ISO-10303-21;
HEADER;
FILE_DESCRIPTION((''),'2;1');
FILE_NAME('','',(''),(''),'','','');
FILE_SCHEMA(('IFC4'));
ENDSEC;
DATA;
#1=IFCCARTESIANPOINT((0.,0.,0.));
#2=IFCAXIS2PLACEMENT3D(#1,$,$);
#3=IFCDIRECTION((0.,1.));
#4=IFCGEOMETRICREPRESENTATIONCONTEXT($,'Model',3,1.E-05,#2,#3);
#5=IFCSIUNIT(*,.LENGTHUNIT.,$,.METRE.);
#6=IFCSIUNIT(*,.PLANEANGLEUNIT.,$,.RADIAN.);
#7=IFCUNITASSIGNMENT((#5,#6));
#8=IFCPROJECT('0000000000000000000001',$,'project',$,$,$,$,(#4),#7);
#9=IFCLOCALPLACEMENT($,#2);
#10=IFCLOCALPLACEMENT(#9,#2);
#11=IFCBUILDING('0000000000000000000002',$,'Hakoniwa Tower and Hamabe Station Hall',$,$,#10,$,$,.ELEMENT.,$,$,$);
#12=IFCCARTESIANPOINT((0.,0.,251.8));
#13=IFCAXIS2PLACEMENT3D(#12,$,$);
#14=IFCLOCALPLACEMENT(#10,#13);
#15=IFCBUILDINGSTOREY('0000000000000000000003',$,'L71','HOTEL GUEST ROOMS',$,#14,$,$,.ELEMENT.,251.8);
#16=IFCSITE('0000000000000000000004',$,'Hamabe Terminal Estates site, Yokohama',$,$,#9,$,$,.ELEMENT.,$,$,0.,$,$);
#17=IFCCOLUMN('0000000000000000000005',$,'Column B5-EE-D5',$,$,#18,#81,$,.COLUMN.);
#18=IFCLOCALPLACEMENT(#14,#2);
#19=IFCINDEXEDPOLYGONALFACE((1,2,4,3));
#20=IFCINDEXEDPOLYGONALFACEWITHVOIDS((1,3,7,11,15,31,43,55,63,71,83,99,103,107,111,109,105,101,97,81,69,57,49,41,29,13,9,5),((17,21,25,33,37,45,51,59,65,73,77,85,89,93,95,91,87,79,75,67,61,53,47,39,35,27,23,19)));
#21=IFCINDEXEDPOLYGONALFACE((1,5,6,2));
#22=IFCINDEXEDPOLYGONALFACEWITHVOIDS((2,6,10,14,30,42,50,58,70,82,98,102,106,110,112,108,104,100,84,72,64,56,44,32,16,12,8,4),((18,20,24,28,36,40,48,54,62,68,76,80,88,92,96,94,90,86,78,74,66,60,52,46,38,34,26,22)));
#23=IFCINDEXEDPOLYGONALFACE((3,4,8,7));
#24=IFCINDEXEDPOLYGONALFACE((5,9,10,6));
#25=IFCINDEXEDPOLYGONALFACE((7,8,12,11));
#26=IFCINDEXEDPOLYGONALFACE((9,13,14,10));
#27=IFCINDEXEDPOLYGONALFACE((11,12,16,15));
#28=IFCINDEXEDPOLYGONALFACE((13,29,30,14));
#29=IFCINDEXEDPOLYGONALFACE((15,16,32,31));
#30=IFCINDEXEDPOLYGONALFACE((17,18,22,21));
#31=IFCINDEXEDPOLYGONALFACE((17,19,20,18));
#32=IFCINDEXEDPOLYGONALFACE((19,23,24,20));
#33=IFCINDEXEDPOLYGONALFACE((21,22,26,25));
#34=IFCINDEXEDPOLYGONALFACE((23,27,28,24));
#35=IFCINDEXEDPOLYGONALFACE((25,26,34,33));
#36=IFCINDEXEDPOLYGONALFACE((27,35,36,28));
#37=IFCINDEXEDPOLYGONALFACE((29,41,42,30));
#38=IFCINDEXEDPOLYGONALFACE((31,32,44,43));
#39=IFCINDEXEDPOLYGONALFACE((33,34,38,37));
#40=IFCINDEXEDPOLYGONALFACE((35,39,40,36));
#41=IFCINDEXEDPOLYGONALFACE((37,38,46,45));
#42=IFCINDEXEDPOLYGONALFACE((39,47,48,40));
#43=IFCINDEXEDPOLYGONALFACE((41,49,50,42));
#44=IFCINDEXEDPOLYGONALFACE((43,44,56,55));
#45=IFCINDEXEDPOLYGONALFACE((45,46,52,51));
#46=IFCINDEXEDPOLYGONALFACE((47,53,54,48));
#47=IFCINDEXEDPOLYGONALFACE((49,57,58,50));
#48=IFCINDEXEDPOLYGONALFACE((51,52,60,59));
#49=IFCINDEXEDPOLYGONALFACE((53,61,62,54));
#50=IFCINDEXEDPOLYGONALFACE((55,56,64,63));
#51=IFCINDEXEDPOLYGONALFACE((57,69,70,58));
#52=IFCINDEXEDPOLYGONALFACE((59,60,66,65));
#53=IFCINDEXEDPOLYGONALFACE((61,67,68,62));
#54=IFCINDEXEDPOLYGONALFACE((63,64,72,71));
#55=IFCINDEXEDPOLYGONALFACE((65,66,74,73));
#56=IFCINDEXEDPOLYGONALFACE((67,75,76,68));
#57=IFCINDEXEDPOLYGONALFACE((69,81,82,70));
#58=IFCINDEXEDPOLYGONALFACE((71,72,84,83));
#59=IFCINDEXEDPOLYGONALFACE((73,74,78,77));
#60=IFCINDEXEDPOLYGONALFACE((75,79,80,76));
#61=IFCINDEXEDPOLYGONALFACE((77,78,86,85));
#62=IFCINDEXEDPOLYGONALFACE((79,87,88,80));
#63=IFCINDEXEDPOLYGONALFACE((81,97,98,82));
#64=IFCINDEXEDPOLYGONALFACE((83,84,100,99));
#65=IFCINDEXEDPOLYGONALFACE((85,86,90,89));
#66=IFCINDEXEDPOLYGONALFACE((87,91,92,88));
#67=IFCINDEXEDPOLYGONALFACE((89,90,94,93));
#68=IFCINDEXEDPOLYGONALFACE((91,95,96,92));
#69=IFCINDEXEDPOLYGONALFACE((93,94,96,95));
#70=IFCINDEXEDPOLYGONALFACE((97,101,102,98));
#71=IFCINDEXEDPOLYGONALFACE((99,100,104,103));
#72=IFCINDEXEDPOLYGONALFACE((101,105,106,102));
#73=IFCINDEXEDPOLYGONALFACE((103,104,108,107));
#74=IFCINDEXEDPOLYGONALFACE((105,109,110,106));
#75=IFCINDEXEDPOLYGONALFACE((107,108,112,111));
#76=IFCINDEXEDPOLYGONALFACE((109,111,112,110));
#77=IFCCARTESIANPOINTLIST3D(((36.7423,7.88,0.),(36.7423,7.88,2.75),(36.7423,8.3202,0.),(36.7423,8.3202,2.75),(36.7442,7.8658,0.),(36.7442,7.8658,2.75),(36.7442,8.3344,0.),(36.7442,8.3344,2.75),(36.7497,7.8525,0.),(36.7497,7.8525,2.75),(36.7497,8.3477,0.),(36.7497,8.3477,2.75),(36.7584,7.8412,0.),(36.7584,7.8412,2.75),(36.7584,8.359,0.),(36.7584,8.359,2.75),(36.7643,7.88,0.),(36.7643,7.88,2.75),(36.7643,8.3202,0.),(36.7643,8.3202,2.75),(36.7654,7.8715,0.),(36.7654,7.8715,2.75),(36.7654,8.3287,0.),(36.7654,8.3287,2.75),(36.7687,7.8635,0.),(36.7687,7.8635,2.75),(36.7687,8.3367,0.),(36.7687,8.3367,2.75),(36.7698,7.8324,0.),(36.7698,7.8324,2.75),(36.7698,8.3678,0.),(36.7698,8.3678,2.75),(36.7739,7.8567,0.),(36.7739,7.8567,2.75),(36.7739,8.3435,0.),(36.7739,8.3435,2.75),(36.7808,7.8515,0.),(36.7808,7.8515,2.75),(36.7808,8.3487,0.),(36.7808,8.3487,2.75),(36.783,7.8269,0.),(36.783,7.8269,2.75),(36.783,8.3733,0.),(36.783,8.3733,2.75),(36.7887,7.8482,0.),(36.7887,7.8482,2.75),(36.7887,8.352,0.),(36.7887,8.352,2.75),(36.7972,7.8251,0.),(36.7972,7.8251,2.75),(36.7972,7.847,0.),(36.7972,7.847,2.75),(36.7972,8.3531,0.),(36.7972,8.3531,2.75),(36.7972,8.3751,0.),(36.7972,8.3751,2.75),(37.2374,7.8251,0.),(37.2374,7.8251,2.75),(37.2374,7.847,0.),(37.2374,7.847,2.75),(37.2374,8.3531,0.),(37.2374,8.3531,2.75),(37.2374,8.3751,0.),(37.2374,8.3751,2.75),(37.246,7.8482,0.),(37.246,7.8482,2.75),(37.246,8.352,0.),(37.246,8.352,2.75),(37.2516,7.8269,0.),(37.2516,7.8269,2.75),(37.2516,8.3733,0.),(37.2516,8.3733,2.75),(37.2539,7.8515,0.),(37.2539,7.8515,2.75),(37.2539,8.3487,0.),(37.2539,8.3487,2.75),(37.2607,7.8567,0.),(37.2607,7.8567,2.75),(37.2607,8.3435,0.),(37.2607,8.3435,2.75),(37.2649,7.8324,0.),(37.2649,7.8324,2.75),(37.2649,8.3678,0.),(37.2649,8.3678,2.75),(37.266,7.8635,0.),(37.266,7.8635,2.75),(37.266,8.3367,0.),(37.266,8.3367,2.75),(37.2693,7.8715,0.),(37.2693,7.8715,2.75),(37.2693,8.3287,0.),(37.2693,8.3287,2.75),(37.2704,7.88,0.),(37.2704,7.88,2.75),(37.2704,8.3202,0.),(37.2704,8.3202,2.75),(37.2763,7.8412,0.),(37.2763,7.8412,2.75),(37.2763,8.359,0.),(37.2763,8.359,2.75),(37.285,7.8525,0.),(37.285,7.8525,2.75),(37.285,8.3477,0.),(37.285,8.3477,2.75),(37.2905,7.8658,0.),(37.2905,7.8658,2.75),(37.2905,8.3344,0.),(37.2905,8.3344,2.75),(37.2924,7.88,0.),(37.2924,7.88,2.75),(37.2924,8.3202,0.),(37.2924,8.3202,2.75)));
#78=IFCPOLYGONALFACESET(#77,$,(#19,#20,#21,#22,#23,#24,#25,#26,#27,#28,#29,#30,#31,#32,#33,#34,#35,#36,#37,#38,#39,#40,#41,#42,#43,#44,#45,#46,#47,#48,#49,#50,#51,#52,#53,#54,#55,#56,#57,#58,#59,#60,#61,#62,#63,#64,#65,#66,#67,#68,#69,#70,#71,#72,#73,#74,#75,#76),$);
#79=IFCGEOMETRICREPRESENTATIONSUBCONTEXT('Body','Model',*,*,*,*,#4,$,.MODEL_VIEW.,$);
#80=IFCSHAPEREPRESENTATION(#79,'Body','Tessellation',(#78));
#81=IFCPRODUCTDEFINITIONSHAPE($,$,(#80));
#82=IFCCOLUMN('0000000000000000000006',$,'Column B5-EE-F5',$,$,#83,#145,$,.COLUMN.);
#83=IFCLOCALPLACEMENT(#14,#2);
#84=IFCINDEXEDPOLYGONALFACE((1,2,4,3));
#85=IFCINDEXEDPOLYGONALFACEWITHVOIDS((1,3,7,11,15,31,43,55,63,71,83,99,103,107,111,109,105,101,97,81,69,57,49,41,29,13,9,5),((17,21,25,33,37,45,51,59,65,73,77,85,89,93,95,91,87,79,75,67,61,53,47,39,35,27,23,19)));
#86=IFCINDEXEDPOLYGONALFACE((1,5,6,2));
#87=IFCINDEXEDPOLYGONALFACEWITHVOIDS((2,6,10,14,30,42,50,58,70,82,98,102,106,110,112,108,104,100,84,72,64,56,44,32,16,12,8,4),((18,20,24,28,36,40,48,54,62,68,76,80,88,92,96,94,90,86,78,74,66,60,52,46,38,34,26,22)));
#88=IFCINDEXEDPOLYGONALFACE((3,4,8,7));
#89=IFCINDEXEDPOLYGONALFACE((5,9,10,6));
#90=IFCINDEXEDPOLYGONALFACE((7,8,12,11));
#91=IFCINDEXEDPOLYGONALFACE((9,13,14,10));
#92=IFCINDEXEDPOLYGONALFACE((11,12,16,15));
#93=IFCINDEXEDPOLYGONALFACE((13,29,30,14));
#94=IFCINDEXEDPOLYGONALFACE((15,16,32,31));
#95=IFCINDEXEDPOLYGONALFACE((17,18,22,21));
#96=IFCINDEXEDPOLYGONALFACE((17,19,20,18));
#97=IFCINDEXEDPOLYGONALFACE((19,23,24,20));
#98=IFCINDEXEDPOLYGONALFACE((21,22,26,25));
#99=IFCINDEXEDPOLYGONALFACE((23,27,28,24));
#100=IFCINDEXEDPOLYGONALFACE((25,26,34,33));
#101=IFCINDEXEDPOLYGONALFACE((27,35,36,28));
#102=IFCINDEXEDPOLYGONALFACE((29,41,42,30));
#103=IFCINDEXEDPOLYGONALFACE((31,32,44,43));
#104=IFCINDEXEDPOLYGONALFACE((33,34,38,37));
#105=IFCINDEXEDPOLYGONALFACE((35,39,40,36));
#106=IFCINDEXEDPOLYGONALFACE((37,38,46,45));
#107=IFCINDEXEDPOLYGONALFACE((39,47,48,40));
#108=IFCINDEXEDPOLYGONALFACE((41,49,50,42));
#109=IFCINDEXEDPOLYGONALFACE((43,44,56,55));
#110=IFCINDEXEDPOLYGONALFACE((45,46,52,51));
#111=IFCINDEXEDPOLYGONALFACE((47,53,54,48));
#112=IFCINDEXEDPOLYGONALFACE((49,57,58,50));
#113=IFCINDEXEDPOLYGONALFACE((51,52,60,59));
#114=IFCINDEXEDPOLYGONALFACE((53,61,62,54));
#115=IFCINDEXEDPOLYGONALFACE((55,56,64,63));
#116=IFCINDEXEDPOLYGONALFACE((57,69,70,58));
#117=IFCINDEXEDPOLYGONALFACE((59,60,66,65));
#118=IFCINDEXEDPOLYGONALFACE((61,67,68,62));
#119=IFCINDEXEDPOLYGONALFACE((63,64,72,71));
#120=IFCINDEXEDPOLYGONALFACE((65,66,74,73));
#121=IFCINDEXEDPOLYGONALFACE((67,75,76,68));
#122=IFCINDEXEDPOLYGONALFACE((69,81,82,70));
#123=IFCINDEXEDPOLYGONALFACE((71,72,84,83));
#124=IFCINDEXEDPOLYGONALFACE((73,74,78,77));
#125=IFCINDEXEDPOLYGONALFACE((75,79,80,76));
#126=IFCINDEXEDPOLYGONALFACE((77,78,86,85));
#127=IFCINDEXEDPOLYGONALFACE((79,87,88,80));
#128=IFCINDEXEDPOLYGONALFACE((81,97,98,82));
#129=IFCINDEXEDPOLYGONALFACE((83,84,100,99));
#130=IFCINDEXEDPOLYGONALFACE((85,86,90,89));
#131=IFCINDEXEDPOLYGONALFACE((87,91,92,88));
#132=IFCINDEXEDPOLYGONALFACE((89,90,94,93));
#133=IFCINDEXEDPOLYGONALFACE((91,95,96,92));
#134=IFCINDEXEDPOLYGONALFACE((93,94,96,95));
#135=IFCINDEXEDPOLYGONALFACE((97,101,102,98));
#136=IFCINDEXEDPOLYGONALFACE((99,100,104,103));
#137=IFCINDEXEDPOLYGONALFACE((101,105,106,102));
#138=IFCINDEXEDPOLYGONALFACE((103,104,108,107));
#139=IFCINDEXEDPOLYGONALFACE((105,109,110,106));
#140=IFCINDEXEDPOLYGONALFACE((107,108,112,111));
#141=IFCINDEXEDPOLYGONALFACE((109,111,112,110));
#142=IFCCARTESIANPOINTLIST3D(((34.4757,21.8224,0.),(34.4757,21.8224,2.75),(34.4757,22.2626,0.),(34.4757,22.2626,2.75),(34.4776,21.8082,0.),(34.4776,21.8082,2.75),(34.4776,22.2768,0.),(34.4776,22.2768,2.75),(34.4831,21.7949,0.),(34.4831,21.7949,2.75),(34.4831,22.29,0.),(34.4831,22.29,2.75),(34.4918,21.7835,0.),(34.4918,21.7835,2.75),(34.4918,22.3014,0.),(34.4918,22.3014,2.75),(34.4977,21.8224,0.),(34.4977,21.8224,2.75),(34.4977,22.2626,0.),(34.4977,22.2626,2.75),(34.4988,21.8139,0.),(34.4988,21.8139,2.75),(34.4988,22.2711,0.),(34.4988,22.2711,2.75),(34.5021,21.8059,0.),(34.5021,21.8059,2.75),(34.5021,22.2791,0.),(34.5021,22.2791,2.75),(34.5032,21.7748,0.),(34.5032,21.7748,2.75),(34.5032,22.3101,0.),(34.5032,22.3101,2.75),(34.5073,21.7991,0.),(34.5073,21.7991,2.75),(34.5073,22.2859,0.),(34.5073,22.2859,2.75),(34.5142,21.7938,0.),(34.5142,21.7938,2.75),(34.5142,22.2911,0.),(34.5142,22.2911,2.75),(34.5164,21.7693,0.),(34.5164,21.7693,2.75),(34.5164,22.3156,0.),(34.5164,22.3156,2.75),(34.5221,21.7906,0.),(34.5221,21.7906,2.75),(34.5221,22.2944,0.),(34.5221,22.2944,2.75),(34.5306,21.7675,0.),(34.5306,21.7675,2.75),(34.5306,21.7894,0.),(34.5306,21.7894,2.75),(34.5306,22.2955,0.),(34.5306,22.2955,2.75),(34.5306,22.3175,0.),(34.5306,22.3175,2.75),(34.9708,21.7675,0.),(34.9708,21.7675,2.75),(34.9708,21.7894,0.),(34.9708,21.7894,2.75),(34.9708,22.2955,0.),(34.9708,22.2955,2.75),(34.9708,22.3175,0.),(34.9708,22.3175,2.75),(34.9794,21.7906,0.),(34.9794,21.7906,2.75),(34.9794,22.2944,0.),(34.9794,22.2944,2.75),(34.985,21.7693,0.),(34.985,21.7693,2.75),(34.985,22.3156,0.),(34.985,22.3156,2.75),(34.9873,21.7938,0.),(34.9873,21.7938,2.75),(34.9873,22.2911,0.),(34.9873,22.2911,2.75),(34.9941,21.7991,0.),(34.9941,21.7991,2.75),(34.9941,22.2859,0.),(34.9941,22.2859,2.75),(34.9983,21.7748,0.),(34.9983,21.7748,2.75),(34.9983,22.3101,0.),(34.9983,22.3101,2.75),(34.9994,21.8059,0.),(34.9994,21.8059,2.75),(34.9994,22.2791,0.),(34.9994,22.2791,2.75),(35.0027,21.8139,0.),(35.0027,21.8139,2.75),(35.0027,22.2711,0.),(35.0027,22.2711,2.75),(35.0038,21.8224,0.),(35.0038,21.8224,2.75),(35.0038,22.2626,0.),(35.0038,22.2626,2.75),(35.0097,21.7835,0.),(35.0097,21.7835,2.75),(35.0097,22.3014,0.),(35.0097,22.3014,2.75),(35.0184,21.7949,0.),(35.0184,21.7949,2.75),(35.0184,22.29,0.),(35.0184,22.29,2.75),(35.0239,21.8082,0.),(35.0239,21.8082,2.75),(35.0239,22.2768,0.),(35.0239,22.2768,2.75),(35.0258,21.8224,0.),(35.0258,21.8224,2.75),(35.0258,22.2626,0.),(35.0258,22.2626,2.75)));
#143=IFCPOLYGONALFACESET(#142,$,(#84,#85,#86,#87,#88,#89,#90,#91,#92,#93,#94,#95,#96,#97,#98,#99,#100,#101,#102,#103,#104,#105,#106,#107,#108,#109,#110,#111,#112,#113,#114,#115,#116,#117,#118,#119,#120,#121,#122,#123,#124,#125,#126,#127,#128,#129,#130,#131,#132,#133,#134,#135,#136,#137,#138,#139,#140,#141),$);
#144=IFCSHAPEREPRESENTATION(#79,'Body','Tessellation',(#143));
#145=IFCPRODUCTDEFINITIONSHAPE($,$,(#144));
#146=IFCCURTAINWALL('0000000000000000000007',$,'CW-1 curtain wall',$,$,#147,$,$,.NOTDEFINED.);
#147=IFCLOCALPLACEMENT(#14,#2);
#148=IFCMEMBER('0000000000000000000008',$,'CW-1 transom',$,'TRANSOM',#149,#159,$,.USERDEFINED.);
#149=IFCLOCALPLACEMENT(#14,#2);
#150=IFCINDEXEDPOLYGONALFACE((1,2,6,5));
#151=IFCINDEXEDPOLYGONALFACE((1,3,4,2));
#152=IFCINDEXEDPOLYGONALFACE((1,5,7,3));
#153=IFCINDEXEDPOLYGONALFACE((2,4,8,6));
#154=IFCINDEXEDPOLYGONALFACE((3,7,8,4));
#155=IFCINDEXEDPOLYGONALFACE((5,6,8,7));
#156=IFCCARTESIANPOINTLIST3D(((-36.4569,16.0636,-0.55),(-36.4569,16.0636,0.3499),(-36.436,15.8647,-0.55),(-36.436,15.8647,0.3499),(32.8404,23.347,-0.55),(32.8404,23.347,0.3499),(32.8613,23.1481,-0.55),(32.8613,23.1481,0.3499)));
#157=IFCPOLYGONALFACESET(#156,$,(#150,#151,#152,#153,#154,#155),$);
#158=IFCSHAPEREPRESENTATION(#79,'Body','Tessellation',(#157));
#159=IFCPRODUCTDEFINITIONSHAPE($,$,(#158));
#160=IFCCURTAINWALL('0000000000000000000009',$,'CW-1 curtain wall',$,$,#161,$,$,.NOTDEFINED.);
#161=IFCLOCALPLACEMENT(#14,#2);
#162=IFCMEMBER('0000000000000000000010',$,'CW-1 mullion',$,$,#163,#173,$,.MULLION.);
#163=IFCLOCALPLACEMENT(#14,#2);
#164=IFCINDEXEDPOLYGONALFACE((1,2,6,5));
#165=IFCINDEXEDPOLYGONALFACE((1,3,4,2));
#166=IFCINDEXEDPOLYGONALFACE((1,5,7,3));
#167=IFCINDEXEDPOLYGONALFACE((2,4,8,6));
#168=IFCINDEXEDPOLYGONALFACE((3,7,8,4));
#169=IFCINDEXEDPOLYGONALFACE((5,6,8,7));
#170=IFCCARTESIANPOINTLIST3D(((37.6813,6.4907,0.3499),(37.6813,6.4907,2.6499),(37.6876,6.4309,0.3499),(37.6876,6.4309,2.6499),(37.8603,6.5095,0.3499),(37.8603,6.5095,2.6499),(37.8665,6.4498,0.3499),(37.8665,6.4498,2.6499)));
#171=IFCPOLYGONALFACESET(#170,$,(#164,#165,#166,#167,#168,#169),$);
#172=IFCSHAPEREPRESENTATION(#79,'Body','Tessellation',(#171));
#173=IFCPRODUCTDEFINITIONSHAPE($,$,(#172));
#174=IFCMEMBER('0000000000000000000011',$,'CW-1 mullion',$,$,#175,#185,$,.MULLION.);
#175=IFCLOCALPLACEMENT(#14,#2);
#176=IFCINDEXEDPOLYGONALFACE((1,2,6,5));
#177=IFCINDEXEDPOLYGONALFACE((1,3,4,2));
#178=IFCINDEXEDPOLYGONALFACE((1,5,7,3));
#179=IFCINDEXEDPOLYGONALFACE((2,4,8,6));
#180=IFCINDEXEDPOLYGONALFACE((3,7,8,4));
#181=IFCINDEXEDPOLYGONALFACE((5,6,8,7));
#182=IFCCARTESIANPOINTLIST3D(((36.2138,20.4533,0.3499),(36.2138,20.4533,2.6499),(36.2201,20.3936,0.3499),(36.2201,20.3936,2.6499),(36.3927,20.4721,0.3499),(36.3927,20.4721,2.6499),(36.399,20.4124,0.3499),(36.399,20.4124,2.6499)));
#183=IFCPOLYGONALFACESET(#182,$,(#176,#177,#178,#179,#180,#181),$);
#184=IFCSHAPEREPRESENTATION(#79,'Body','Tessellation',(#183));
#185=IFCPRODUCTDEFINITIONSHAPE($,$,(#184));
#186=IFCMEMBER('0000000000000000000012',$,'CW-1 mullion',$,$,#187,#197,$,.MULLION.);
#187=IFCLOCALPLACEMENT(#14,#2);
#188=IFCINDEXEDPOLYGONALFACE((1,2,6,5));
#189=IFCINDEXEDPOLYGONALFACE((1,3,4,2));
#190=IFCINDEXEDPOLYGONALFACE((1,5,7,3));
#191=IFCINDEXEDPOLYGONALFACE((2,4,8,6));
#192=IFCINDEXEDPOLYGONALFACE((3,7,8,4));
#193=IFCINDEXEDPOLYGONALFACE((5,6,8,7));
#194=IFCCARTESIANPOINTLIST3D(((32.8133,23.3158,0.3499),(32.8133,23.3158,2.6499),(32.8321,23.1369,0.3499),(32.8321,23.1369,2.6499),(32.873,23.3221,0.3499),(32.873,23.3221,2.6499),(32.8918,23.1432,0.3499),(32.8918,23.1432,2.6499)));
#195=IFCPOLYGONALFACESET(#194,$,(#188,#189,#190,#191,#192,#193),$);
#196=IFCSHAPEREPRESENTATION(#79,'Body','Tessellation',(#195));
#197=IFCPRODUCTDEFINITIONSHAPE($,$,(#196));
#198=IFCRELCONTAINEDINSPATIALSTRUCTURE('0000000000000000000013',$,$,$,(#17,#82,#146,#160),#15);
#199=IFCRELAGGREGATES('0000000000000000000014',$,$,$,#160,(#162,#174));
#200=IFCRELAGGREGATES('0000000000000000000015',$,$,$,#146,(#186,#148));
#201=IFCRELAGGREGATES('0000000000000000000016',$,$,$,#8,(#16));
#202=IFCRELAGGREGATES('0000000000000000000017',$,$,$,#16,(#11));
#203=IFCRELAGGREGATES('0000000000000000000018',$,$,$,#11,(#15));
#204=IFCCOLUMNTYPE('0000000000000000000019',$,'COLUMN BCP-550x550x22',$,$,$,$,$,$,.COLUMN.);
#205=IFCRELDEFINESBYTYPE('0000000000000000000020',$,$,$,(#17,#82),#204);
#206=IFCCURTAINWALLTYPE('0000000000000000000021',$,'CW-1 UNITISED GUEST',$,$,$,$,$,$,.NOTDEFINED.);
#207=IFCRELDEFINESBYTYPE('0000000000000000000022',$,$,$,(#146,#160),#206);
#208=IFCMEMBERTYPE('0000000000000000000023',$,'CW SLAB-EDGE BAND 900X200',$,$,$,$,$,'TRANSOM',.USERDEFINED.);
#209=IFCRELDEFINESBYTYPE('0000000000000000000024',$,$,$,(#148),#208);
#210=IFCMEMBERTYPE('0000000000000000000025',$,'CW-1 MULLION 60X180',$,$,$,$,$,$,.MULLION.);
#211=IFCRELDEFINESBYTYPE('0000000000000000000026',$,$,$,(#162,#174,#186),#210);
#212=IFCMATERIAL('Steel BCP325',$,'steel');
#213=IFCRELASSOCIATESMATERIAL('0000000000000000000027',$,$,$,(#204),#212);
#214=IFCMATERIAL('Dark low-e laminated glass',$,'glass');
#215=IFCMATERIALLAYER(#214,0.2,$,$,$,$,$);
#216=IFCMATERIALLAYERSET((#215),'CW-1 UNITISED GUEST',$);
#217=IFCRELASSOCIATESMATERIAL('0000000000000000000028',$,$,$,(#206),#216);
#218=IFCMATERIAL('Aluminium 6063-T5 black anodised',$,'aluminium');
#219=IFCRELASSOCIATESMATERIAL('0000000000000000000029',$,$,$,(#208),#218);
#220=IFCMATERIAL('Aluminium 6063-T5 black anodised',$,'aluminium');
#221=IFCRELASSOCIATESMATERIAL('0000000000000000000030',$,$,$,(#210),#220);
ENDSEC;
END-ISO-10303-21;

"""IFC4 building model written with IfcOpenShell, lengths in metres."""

from ifc_helpers import new_model, si_unit, direction, frame, origin, origin_2d, place, context, subcontext, project, spatial, rectangle, hollow_rectangle, extrude, material, layer, layer_set, material_profile, profile_set, type_object, element, aggregate, save


model = new_model("IFC4")

# Units and contexts
model_context = context("Model", 3, precision=1e-05, world=origin(), true_north=direction((0.0, 1.0)))
body_context = subcontext(model_context, "Body", "Model", "MODEL_VIEW")
ifc_project = project(units=[si_unit("LENGTHUNIT", "METRE"), si_unit("PLANEANGLEUNIT", "RADIAN")], contexts=[model_context])

# Site, building, storey
site_placement = place(None, origin())
site = spatial("IfcSite", under=ifc_project, at=site_placement, Name="Hamabe Terminal Estates site, Yokohama", CompositionType="ELEMENT", RefElevation=0.0)
building_placement = place(site_placement, origin())
building = spatial("IfcBuilding", under=site, at=building_placement, Name="Hakoniwa Tower and Hamabe Station Hall", CompositionType="ELEMENT")
storey_placement = place(building_placement, frame((0.0, 0.0, 251.8)))
storey = spatial("IfcBuildingStorey", under=building, at=storey_placement, Name="L71", Description="HOTEL GUEST ROOMS", CompositionType="ELEMENT", Elevation=251.8)

# Columns
ifc_material_1 = material(Name="Steel BCP325", Category="steel")
ifc_material_profile_1 = material_profile(ifc_material_1, hollow_rectangle(XDim=0.55, YDim=0.55, WallThickness=0.022, InnerFilletRadius=0.033, OuterFilletRadius=0.0549, at=origin_2d()), Name="BCP-550x550x22")
ifc_profile_set_1 = profile_set([ifc_material_profile_1], Name="Steel BCP325")
column_type = type_object("IfcColumnType", Name="COLUMN BCP-550x550x22", PredefinedType="COLUMN", material=ifc_profile_set_1)
for number, where, z_axis, x_axis, name in (
    (1, (37.0173, 8.1001, 0.0), (0.0, 0.0, 1.0), (1.0, 0.0, 0.0), "Column B5-EE-D5"),
    (2, (34.7507, 22.0425, 0.0), (0.0, 0.0, 1.0), (1.0, 0.0, 0.0), "Column B5-EE-F5"),
):
    element("IfcColumn", number, at=place(storey_placement, frame(where, z_axis=z_axis, x_axis=x_axis)), inside=storey, type_object=column_type, Name=name, PredefinedType="COLUMN", context=body_context, shape_type="SweptSolid", body=[
        extrude(hollow_rectangle(XDim=0.55, YDim=0.55, WallThickness=0.022, InnerFilletRadius=0.033, OuterFilletRadius=0.0549, at=origin_2d()), origin(), (0.0, 0.0, 1.0), 2.75),
    ])

# Curtain wall, member
ifc_material_2 = material(Name="Dark low-e laminated glass", Category="glass")
ifc_layer_1 = layer(ifc_material_2, 0.2)
ifc_layer_set_1 = layer_set([ifc_layer_1], Name="CW-1 UNITISED GUEST")
curtain_wall_type = type_object("IfcCurtainWallType", Name="CW-1 UNITISED GUEST", PredefinedType="NOTDEFINED", material=ifc_layer_set_1)
curtain_wall_1_placement = place(storey_placement, origin())
curtain_wall_1 = element("IfcCurtainWall", 3, at=curtain_wall_1_placement, inside=storey, type_object=curtain_wall_type, Name="CW-1 curtain wall", PredefinedType="NOTDEFINED")
ifc_material_3 = material(Name="Aluminium 6063-T5 black anodised", Category="aluminium")
ifc_material_profile_2 = material_profile(ifc_material_3, rectangle(XDim=0.2, YDim=0.8999, at=origin_2d()), Name="CW SLAB-EDGE BAND 900X200")
ifc_profile_set_2 = profile_set([ifc_material_profile_2], Name="Aluminium 6063-T5 black anodised")
member_type_1 = type_object("IfcMemberType", Name="CW SLAB-EDGE BAND 900X200", ElementType="TRANSOM", PredefinedType="USERDEFINED", material=ifc_profile_set_2)
member_1_placement = place(storey_placement, frame((32.8508, 23.2476, -0.1001), z_axis=(-0.994522, -0.104528, 0.0), x_axis=(0.104528, -0.994522, 0.0)))
member_1 = element("IfcMember", 4, at=member_1_placement, type_object=member_type_1, Name="CW-1 transom", ObjectType="TRANSOM", PredefinedType="USERDEFINED", context=body_context, shape_type="SweptSolid", body=[
    extrude(rectangle(XDim=0.2, YDim=0.8999, at=origin_2d()), origin(), (0.0, 0.0, 1.0), 69.679),
])

# Curtain wall, members
curtain_wall_2_placement = place(storey_placement, origin())
curtain_wall_2 = element("IfcCurtainWall", 5, at=curtain_wall_2_placement, inside=storey, type_object=curtain_wall_type, Name="CW-1 curtain wall", PredefinedType="NOTDEFINED")
ifc_material_4 = material(Name="Aluminium 6063-T5 black anodised", Category="aluminium")
ifc_material_profile_3 = material_profile(ifc_material_4, rectangle(XDim=0.0601, YDim=0.1799, at=origin_2d()), Name="CW-1 MULLION 60X180")
ifc_profile_set_3 = profile_set([ifc_material_profile_3], Name="Aluminium 6063-T5 black anodised")
member_type_2 = type_object("IfcMemberType", Name="CW-1 MULLION 60X180", PredefinedType="MULLION", material=ifc_profile_set_3)
member_2_placement = place(storey_placement, frame((37.7739, 6.4702, 0.3499), z_axis=(0.0, 0.0, 1.0), x_axis=(-0.104528, 0.994522, 0.0)))
member_2 = element("IfcMember", 6, at=member_2_placement, type_object=member_type_2, Name="CW-1 mullion", PredefinedType="MULLION", context=body_context, shape_type="SweptSolid", body=[
    extrude(rectangle(XDim=0.0601, YDim=0.1799, at=origin_2d()), origin(), (0.0, 0.0, 1.0), 2.3),
])
member_3_placement = place(storey_placement, frame((36.3064, 20.4329, 0.3499), z_axis=(0.0, 0.0, 1.0), x_axis=(-0.104528, 0.994522, 0.0)))
member_3 = element("IfcMember", 7, at=member_3_placement, type_object=member_type_2, Name="CW-1 mullion", PredefinedType="MULLION", context=body_context, shape_type="SweptSolid", body=[
    extrude(rectangle(XDim=0.0601, YDim=0.1799, at=origin_2d()), origin(), (0.0, 0.0, 1.0), 2.3),
])

# Member
member_4_placement = place(storey_placement, frame((32.8525, 23.2295, 0.3499), z_axis=(0.0, 0.0, 1.0), x_axis=(-0.994522, -0.104528, 0.0)))
member_4 = element("IfcMember", 8, at=member_4_placement, type_object=member_type_2, Name="CW-1 mullion", PredefinedType="MULLION", context=body_context, shape_type="SweptSolid", body=[
    extrude(rectangle(XDim=0.0601, YDim=0.1799, at=origin_2d()), origin(), (0.0, 0.0, 1.0), 2.3),
])

aggregate(curtain_wall_2, [member_2, member_3])
aggregate(curtain_wall_1, [member_4, member_1])

save(model, "model.ifc")
